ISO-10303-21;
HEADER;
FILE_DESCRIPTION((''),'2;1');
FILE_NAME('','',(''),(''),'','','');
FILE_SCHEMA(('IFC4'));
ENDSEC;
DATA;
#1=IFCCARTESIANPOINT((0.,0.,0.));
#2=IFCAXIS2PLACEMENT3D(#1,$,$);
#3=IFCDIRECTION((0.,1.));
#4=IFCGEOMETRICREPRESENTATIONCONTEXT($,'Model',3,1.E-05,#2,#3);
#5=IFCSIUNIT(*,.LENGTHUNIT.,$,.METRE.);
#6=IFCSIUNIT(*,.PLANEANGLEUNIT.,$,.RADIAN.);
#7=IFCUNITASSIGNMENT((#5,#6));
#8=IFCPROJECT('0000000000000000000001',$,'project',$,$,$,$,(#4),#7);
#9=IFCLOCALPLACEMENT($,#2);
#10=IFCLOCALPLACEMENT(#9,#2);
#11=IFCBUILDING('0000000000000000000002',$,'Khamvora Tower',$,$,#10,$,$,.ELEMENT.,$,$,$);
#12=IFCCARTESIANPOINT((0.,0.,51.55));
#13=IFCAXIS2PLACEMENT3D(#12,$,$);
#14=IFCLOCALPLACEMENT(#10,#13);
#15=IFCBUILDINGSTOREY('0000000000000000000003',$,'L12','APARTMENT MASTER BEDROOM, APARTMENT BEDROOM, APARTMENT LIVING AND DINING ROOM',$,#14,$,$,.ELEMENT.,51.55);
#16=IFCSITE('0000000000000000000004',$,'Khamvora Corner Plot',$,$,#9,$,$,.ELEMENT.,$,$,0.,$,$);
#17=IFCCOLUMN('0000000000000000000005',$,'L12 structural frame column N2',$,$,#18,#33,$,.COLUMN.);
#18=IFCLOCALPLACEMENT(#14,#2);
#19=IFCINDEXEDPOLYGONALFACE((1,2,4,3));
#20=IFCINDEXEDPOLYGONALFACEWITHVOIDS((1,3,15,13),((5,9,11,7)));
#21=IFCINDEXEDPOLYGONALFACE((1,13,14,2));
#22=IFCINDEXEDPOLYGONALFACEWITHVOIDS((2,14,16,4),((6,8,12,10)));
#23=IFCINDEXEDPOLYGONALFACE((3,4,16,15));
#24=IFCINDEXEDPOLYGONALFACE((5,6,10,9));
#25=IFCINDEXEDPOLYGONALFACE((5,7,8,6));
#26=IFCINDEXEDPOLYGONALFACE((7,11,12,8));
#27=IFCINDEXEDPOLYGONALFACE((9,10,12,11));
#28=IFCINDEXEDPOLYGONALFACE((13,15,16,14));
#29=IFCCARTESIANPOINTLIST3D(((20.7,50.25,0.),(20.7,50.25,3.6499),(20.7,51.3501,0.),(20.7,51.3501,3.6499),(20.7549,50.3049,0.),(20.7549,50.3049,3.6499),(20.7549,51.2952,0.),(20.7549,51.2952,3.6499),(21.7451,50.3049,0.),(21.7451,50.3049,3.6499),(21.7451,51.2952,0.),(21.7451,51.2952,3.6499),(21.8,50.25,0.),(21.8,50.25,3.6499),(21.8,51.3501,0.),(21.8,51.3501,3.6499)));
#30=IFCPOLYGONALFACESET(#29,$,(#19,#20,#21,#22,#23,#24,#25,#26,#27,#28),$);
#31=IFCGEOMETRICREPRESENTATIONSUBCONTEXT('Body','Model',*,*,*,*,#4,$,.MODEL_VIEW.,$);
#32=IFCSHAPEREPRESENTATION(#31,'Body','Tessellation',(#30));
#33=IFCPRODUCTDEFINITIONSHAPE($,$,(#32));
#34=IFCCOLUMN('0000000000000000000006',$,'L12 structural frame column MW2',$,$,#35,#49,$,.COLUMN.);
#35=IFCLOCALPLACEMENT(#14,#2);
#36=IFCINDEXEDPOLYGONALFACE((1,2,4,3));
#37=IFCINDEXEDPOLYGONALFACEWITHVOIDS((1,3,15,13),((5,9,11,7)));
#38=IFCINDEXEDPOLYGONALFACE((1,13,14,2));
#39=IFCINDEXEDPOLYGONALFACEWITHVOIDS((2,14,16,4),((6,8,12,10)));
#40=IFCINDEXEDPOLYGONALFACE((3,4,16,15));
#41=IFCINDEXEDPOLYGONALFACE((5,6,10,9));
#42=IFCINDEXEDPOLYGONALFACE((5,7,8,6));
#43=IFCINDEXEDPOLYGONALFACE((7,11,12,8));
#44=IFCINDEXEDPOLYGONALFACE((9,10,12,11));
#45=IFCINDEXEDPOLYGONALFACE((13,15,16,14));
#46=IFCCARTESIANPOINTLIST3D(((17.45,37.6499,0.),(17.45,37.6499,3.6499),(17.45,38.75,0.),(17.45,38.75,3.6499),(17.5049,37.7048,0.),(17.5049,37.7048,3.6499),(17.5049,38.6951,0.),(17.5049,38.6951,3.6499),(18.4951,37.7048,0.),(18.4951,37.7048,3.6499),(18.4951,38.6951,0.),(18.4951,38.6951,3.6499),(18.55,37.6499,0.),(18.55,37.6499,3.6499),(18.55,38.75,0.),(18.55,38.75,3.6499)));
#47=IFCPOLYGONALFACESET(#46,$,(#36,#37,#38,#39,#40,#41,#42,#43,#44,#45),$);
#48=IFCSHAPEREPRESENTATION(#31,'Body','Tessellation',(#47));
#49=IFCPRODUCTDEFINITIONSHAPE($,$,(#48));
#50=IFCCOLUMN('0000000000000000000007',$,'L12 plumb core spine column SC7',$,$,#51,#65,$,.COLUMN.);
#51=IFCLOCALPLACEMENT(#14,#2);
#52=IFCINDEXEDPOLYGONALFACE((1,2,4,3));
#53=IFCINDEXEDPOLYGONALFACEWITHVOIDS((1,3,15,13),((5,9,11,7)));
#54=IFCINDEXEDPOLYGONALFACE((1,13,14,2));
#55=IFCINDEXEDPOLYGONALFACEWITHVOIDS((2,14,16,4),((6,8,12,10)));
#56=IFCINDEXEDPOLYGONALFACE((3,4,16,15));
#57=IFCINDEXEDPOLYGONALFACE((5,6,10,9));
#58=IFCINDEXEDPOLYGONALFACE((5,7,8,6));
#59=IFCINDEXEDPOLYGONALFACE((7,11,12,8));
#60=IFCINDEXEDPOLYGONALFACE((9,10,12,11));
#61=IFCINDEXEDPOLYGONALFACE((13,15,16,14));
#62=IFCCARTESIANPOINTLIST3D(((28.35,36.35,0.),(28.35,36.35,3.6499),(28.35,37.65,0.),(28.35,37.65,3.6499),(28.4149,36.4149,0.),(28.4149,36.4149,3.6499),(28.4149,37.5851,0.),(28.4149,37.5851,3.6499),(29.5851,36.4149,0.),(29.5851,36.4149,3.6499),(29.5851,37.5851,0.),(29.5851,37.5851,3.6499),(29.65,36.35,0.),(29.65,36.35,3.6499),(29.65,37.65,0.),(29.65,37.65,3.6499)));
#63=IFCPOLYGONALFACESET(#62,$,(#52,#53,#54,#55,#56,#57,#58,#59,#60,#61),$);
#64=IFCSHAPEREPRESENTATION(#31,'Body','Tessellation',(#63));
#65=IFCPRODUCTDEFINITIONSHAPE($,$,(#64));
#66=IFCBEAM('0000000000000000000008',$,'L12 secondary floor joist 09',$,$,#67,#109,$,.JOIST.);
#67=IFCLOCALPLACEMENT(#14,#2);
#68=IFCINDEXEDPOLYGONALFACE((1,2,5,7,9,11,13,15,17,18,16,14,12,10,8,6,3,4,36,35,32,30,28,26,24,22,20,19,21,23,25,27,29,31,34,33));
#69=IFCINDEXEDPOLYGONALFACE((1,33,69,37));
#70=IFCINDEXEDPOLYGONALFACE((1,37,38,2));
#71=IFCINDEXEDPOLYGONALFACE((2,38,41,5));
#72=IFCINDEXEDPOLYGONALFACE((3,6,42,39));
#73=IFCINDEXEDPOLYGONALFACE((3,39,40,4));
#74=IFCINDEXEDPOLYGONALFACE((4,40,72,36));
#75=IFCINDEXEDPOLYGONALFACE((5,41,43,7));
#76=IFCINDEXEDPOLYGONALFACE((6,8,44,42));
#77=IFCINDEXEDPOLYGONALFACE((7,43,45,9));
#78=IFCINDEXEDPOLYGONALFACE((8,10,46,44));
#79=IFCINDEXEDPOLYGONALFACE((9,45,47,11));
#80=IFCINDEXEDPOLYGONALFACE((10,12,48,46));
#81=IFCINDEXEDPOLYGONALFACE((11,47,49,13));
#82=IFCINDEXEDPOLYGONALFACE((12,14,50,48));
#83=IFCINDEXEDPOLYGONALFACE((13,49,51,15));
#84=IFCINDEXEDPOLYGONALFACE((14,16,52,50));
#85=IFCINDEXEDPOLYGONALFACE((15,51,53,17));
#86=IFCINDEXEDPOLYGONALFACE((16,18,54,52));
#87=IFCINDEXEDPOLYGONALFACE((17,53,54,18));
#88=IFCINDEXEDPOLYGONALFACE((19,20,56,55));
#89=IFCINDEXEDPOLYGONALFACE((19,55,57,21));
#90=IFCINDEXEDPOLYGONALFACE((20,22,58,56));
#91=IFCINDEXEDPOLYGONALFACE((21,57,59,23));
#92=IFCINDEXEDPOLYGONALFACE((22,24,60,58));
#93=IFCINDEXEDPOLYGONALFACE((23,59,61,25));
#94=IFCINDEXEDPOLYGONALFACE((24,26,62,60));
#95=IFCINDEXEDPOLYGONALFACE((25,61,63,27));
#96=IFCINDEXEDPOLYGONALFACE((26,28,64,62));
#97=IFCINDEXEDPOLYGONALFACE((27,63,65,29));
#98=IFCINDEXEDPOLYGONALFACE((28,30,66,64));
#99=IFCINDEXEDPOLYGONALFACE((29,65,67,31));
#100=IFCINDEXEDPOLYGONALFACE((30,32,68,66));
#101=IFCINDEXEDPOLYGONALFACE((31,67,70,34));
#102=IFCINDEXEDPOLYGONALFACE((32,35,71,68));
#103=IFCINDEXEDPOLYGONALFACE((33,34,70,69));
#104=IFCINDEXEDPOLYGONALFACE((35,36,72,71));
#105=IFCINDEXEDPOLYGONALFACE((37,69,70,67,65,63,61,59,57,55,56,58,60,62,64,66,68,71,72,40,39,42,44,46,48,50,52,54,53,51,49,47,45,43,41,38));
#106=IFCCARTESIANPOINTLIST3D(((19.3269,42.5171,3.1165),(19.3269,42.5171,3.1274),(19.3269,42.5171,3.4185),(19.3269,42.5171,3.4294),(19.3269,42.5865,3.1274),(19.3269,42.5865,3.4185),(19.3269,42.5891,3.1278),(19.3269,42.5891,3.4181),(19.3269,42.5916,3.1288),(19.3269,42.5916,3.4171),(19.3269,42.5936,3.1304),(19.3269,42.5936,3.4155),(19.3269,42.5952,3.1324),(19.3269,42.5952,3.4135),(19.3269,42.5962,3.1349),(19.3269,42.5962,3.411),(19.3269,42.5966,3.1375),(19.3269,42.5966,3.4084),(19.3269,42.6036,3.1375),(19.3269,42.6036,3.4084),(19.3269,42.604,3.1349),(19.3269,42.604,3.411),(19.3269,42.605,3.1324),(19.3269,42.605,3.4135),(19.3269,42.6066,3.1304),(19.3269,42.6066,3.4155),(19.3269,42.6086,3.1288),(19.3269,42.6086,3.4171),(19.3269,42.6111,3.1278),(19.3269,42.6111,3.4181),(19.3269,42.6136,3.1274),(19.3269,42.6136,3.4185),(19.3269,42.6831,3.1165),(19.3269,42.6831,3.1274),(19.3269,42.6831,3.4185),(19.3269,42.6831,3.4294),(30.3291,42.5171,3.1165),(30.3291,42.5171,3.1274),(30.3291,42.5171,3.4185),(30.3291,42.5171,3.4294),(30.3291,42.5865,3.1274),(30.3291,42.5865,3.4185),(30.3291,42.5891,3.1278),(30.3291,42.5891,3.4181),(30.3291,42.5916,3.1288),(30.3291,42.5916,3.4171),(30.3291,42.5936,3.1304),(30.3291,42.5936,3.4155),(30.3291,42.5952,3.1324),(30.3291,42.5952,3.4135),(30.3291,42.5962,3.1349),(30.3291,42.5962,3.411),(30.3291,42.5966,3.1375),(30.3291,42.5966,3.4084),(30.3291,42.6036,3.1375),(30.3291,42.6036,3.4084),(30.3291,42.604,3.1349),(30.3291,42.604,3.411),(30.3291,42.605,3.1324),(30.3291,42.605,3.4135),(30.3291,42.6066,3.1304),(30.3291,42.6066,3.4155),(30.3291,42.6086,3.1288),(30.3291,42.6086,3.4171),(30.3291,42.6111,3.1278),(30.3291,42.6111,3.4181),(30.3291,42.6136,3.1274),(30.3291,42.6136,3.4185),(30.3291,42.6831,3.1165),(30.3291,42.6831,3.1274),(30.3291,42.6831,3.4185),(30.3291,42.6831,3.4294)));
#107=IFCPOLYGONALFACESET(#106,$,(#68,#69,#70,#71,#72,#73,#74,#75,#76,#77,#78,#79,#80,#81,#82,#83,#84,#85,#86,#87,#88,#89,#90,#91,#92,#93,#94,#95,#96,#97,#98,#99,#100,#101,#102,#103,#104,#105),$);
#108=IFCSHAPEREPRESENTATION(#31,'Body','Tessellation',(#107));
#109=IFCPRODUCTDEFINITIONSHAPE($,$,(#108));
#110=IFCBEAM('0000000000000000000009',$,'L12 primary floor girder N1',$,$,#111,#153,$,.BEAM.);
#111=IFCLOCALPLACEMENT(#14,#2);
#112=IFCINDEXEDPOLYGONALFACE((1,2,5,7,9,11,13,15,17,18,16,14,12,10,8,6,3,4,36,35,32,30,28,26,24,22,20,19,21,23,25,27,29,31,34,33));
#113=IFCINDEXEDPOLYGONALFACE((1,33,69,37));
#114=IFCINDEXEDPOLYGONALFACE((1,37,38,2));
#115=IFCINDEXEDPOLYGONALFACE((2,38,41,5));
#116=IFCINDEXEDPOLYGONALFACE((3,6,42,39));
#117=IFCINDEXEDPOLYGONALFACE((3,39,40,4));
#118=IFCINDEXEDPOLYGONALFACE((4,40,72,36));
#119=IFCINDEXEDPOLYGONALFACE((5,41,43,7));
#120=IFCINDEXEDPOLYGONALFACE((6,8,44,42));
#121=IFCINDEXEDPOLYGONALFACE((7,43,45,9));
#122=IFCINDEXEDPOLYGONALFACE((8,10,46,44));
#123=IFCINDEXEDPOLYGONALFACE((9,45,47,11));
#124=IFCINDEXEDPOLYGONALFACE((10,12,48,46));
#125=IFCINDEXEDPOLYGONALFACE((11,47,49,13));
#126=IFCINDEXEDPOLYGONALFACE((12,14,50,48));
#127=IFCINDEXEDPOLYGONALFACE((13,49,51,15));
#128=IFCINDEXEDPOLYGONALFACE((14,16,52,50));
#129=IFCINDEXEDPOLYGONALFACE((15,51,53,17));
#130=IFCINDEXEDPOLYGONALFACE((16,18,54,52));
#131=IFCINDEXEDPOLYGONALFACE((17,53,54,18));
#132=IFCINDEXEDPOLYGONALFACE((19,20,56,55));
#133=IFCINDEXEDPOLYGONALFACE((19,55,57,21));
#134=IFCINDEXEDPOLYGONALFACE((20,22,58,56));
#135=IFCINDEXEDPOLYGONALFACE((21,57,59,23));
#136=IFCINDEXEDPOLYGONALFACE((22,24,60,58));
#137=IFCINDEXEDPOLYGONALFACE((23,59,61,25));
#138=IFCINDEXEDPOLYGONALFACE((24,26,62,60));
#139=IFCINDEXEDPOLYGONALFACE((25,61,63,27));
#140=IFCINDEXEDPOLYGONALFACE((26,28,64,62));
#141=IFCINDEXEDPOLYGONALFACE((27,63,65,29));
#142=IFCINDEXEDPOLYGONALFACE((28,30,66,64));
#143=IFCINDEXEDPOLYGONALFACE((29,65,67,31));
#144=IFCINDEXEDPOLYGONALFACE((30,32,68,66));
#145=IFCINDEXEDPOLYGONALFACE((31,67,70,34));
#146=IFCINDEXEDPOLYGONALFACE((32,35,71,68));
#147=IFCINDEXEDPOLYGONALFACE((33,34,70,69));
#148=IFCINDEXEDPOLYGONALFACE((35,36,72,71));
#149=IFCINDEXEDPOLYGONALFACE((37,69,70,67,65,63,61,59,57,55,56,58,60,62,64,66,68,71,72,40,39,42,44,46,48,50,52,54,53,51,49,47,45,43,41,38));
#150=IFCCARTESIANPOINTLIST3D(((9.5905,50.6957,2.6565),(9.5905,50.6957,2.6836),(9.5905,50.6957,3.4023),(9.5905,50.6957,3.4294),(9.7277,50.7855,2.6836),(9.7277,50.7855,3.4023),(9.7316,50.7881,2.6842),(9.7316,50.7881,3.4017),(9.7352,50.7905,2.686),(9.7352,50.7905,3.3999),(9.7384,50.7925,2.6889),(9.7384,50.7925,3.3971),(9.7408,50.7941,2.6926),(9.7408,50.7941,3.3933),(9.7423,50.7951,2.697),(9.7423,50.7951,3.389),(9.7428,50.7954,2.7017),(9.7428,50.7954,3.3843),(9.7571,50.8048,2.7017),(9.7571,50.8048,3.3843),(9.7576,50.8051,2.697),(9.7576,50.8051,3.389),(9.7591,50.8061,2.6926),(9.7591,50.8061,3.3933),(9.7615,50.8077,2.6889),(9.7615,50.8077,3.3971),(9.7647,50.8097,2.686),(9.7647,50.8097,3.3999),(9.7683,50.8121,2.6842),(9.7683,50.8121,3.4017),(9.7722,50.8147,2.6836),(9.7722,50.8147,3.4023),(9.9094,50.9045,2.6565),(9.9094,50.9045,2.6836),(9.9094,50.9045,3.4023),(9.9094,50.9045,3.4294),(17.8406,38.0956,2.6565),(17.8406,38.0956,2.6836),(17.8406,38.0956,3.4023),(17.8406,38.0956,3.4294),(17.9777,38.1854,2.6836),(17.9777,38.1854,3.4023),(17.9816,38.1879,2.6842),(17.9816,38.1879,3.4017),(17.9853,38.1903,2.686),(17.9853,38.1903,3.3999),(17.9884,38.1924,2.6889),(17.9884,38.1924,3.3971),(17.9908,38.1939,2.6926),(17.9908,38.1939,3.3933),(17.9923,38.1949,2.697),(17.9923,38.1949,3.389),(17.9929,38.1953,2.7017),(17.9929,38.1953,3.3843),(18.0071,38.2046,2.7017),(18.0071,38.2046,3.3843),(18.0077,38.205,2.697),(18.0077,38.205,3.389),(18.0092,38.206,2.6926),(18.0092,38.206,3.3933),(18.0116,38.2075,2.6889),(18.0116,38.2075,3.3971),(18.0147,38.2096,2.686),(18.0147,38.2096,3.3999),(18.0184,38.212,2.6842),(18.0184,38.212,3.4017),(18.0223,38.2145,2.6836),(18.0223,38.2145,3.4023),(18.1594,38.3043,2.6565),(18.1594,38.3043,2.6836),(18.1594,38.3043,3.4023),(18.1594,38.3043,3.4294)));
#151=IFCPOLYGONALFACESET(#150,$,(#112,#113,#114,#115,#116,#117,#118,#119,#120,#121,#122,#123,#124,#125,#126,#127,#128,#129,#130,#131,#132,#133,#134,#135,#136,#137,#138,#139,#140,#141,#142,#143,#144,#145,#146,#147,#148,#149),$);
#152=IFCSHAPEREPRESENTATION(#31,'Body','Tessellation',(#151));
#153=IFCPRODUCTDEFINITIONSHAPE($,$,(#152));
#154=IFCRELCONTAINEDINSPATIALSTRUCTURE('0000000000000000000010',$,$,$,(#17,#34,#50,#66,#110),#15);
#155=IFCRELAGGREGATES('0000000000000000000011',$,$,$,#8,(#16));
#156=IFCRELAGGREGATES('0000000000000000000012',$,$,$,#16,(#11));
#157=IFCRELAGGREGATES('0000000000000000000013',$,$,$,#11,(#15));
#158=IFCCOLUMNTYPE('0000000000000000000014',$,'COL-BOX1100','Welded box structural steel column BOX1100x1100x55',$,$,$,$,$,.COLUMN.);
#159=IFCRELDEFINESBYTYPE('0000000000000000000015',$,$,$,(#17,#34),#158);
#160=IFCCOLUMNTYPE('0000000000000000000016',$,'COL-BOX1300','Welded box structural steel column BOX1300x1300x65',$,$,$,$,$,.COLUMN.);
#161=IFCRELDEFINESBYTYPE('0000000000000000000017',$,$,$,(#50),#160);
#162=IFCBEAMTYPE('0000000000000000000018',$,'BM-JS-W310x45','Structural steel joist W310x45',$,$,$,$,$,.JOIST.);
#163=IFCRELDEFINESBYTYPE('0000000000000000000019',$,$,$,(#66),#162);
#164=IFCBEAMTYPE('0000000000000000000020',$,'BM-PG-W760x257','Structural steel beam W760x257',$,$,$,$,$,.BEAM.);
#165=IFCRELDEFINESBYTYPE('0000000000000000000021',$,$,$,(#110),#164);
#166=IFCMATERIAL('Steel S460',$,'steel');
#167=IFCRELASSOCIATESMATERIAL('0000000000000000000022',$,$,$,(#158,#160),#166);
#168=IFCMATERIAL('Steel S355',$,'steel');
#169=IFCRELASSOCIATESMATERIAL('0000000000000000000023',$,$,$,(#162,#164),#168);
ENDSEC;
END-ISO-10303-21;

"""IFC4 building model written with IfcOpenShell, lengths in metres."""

from ifc_helpers import new_model, si_unit, direction, frame, origin, origin_2d, place, context, subcontext, project, spatial, hollow_rectangle, i_section, extrude, material, material_profile, profile_set, type_object, element, save


model = new_model("IFC4")

# Units and contexts
model_context = context("Model", 3, precision=1e-05, world=origin(), true_north=direction((0.0, 1.0)))
body_context = subcontext(model_context, "Body", "Model", "MODEL_VIEW")
ifc_project = project(units=[si_unit("LENGTHUNIT", "METRE"), si_unit("PLANEANGLEUNIT", "RADIAN")], contexts=[model_context])

# Site, building, storey
site_placement = place(None, origin())
site = spatial("IfcSite", under=ifc_project, at=site_placement, Name="Khamvora Corner Plot", CompositionType="ELEMENT", RefElevation=0.0)
building_placement = place(site_placement, origin())
building = spatial("IfcBuilding", under=site, at=building_placement, Name="Khamvora Tower", CompositionType="ELEMENT")
storey_placement = place(building_placement, frame((0.0, 0.0, 51.55)))
storey = spatial("IfcBuildingStorey", under=building, at=storey_placement, Name="L12", Description="APARTMENT MASTER BEDROOM, APARTMENT BEDROOM, APARTMENT LIVING AND DINING ROOM", CompositionType="ELEMENT", Elevation=51.55)

# Columns
ifc_material_1 = material(Name="Steel S460", Category="steel")
ifc_material_profile_1 = material_profile(ifc_material_1, hollow_rectangle(XDim=1.1001, YDim=1.1001, WallThickness=0.0549, at=origin_2d()), Name="BOX1100x1100x55")
ifc_profile_set_1 = profile_set([ifc_material_profile_1], Name="Steel S460")
column_type_1 = type_object("IfcColumnType", Name="COL-BOX1100", Description="Welded box structural steel column BOX1100x1100x55", PredefinedType="COLUMN", material=ifc_profile_set_1)
for number, where, z_axis, x_axis, name in (
    (1, (21.25, 50.8, 0.0), (0.0, 0.0, 1.0), (1.0, 0.0, 0.0), "L12 structural frame column N2"),
    (2, (18.0, 38.2, 0.0), (0.0, 0.0, 1.0), (1.0, 0.0, 0.0), "L12 structural frame column MW2"),
):
    element("IfcColumn", number, at=place(storey_placement, frame(where, z_axis=z_axis, x_axis=x_axis)), inside=storey, type_object=column_type_1, Name=name, PredefinedType="COLUMN", context=body_context, shape_type="SweptSolid", body=[
        extrude(hollow_rectangle(XDim=1.1001, YDim=1.1001, WallThickness=0.0549, at=origin_2d()), origin(), (0.0, 0.0, 1.0), 3.6499),
    ])
ifc_material_profile_2 = material_profile(ifc_material_1, hollow_rectangle(XDim=1.3, YDim=1.3, WallThickness=0.0649, at=origin_2d()), Name="BOX1300x1300x65")
ifc_profile_set_2 = profile_set([ifc_material_profile_2], Name="Steel S460")
column_type_2 = type_object("IfcColumnType", Name="COL-BOX1300", Description="Welded box structural steel column BOX1300x1300x65", PredefinedType="COLUMN", material=ifc_profile_set_2)
column_placement = place(storey_placement, frame((29.0, 37.0, 0.0), z_axis=(0.0, 0.0, 1.0), x_axis=(1.0, 0.0, 0.0)))
element("IfcColumn", 3, at=column_placement, inside=storey, type_object=column_type_2, Name="L12 plumb core spine column SC7", PredefinedType="COLUMN", context=body_context, shape_type="SweptSolid", body=[
    extrude(hollow_rectangle(XDim=1.3, YDim=1.3, WallThickness=0.0649, at=origin_2d()), origin(), (0.0, 0.0, 1.0), 3.6499),
])

# Beams
ifc_material_2 = material(Name="Steel S355", Category="steel")
ifc_material_profile_3 = material_profile(ifc_material_2, i_section(OverallWidth=0.166, OverallDepth=0.313, WebThickness=0.0071, FlangeThickness=0.011, FilletRadius=0.01, at=origin_2d()), Name="W310x45")
ifc_profile_set_3 = profile_set([ifc_material_profile_3], Name="Steel S355")
beam_type_1 = type_object("IfcBeamType", Name="BM-JS-W310x45", Description="Structural steel joist W310x45", PredefinedType="JOIST", material=ifc_profile_set_3)
beam_1_placement = place(storey_placement, frame((19.3269, 42.6001, 3.2729), z_axis=(1.0, 0.0, 0.0), x_axis=(0.0, 1.0, 0.0)))
element("IfcBeam", 4, at=beam_1_placement, inside=storey, type_object=beam_type_1, Name="L12 secondary floor joist 09", PredefinedType="JOIST", context=body_context, shape_type="SweptSolid", body=[
    extrude(i_section(OverallWidth=0.166, OverallDepth=0.313, WebThickness=0.0071, FlangeThickness=0.011, FilletRadius=0.01, at=origin_2d()), origin(), (0.0, 0.0, 1.0), 11.0022),
])
ifc_material_profile_4 = material_profile(ifc_material_2, i_section(OverallWidth=0.3811, OverallDepth=0.7729, WebThickness=0.0171, FlangeThickness=0.0271, FilletRadius=0.0181, at=origin_2d()), Name="W760x257")
ifc_profile_set_4 = profile_set([ifc_material_profile_4], Name="Steel S355")
beam_type_2 = type_object("IfcBeamType", Name="BM-PG-W760x257", Description="Structural steel beam W760x257", PredefinedType="BEAM", material=ifc_profile_set_4)
beam_2_placement = place(storey_placement, frame((18.0, 38.2, 3.043), z_axis=(-0.547783, 0.83662, 0.0), x_axis=(-0.83662, -0.547783, 0.0)))
element("IfcBeam", 5, at=beam_2_placement, inside=storey, type_object=beam_type_2, Name="L12 primary floor girder N1", PredefinedType="BEAM", context=body_context, shape_type="SweptSolid", body=[
    extrude(i_section(OverallWidth=0.3811, OverallDepth=0.7729, WebThickness=0.0171, FlangeThickness=0.0271, FilletRadius=0.0181, at=origin_2d()), origin(), (0.0, 0.0, 1.0), 15.0608),
])

save(model, "model.ifc")
